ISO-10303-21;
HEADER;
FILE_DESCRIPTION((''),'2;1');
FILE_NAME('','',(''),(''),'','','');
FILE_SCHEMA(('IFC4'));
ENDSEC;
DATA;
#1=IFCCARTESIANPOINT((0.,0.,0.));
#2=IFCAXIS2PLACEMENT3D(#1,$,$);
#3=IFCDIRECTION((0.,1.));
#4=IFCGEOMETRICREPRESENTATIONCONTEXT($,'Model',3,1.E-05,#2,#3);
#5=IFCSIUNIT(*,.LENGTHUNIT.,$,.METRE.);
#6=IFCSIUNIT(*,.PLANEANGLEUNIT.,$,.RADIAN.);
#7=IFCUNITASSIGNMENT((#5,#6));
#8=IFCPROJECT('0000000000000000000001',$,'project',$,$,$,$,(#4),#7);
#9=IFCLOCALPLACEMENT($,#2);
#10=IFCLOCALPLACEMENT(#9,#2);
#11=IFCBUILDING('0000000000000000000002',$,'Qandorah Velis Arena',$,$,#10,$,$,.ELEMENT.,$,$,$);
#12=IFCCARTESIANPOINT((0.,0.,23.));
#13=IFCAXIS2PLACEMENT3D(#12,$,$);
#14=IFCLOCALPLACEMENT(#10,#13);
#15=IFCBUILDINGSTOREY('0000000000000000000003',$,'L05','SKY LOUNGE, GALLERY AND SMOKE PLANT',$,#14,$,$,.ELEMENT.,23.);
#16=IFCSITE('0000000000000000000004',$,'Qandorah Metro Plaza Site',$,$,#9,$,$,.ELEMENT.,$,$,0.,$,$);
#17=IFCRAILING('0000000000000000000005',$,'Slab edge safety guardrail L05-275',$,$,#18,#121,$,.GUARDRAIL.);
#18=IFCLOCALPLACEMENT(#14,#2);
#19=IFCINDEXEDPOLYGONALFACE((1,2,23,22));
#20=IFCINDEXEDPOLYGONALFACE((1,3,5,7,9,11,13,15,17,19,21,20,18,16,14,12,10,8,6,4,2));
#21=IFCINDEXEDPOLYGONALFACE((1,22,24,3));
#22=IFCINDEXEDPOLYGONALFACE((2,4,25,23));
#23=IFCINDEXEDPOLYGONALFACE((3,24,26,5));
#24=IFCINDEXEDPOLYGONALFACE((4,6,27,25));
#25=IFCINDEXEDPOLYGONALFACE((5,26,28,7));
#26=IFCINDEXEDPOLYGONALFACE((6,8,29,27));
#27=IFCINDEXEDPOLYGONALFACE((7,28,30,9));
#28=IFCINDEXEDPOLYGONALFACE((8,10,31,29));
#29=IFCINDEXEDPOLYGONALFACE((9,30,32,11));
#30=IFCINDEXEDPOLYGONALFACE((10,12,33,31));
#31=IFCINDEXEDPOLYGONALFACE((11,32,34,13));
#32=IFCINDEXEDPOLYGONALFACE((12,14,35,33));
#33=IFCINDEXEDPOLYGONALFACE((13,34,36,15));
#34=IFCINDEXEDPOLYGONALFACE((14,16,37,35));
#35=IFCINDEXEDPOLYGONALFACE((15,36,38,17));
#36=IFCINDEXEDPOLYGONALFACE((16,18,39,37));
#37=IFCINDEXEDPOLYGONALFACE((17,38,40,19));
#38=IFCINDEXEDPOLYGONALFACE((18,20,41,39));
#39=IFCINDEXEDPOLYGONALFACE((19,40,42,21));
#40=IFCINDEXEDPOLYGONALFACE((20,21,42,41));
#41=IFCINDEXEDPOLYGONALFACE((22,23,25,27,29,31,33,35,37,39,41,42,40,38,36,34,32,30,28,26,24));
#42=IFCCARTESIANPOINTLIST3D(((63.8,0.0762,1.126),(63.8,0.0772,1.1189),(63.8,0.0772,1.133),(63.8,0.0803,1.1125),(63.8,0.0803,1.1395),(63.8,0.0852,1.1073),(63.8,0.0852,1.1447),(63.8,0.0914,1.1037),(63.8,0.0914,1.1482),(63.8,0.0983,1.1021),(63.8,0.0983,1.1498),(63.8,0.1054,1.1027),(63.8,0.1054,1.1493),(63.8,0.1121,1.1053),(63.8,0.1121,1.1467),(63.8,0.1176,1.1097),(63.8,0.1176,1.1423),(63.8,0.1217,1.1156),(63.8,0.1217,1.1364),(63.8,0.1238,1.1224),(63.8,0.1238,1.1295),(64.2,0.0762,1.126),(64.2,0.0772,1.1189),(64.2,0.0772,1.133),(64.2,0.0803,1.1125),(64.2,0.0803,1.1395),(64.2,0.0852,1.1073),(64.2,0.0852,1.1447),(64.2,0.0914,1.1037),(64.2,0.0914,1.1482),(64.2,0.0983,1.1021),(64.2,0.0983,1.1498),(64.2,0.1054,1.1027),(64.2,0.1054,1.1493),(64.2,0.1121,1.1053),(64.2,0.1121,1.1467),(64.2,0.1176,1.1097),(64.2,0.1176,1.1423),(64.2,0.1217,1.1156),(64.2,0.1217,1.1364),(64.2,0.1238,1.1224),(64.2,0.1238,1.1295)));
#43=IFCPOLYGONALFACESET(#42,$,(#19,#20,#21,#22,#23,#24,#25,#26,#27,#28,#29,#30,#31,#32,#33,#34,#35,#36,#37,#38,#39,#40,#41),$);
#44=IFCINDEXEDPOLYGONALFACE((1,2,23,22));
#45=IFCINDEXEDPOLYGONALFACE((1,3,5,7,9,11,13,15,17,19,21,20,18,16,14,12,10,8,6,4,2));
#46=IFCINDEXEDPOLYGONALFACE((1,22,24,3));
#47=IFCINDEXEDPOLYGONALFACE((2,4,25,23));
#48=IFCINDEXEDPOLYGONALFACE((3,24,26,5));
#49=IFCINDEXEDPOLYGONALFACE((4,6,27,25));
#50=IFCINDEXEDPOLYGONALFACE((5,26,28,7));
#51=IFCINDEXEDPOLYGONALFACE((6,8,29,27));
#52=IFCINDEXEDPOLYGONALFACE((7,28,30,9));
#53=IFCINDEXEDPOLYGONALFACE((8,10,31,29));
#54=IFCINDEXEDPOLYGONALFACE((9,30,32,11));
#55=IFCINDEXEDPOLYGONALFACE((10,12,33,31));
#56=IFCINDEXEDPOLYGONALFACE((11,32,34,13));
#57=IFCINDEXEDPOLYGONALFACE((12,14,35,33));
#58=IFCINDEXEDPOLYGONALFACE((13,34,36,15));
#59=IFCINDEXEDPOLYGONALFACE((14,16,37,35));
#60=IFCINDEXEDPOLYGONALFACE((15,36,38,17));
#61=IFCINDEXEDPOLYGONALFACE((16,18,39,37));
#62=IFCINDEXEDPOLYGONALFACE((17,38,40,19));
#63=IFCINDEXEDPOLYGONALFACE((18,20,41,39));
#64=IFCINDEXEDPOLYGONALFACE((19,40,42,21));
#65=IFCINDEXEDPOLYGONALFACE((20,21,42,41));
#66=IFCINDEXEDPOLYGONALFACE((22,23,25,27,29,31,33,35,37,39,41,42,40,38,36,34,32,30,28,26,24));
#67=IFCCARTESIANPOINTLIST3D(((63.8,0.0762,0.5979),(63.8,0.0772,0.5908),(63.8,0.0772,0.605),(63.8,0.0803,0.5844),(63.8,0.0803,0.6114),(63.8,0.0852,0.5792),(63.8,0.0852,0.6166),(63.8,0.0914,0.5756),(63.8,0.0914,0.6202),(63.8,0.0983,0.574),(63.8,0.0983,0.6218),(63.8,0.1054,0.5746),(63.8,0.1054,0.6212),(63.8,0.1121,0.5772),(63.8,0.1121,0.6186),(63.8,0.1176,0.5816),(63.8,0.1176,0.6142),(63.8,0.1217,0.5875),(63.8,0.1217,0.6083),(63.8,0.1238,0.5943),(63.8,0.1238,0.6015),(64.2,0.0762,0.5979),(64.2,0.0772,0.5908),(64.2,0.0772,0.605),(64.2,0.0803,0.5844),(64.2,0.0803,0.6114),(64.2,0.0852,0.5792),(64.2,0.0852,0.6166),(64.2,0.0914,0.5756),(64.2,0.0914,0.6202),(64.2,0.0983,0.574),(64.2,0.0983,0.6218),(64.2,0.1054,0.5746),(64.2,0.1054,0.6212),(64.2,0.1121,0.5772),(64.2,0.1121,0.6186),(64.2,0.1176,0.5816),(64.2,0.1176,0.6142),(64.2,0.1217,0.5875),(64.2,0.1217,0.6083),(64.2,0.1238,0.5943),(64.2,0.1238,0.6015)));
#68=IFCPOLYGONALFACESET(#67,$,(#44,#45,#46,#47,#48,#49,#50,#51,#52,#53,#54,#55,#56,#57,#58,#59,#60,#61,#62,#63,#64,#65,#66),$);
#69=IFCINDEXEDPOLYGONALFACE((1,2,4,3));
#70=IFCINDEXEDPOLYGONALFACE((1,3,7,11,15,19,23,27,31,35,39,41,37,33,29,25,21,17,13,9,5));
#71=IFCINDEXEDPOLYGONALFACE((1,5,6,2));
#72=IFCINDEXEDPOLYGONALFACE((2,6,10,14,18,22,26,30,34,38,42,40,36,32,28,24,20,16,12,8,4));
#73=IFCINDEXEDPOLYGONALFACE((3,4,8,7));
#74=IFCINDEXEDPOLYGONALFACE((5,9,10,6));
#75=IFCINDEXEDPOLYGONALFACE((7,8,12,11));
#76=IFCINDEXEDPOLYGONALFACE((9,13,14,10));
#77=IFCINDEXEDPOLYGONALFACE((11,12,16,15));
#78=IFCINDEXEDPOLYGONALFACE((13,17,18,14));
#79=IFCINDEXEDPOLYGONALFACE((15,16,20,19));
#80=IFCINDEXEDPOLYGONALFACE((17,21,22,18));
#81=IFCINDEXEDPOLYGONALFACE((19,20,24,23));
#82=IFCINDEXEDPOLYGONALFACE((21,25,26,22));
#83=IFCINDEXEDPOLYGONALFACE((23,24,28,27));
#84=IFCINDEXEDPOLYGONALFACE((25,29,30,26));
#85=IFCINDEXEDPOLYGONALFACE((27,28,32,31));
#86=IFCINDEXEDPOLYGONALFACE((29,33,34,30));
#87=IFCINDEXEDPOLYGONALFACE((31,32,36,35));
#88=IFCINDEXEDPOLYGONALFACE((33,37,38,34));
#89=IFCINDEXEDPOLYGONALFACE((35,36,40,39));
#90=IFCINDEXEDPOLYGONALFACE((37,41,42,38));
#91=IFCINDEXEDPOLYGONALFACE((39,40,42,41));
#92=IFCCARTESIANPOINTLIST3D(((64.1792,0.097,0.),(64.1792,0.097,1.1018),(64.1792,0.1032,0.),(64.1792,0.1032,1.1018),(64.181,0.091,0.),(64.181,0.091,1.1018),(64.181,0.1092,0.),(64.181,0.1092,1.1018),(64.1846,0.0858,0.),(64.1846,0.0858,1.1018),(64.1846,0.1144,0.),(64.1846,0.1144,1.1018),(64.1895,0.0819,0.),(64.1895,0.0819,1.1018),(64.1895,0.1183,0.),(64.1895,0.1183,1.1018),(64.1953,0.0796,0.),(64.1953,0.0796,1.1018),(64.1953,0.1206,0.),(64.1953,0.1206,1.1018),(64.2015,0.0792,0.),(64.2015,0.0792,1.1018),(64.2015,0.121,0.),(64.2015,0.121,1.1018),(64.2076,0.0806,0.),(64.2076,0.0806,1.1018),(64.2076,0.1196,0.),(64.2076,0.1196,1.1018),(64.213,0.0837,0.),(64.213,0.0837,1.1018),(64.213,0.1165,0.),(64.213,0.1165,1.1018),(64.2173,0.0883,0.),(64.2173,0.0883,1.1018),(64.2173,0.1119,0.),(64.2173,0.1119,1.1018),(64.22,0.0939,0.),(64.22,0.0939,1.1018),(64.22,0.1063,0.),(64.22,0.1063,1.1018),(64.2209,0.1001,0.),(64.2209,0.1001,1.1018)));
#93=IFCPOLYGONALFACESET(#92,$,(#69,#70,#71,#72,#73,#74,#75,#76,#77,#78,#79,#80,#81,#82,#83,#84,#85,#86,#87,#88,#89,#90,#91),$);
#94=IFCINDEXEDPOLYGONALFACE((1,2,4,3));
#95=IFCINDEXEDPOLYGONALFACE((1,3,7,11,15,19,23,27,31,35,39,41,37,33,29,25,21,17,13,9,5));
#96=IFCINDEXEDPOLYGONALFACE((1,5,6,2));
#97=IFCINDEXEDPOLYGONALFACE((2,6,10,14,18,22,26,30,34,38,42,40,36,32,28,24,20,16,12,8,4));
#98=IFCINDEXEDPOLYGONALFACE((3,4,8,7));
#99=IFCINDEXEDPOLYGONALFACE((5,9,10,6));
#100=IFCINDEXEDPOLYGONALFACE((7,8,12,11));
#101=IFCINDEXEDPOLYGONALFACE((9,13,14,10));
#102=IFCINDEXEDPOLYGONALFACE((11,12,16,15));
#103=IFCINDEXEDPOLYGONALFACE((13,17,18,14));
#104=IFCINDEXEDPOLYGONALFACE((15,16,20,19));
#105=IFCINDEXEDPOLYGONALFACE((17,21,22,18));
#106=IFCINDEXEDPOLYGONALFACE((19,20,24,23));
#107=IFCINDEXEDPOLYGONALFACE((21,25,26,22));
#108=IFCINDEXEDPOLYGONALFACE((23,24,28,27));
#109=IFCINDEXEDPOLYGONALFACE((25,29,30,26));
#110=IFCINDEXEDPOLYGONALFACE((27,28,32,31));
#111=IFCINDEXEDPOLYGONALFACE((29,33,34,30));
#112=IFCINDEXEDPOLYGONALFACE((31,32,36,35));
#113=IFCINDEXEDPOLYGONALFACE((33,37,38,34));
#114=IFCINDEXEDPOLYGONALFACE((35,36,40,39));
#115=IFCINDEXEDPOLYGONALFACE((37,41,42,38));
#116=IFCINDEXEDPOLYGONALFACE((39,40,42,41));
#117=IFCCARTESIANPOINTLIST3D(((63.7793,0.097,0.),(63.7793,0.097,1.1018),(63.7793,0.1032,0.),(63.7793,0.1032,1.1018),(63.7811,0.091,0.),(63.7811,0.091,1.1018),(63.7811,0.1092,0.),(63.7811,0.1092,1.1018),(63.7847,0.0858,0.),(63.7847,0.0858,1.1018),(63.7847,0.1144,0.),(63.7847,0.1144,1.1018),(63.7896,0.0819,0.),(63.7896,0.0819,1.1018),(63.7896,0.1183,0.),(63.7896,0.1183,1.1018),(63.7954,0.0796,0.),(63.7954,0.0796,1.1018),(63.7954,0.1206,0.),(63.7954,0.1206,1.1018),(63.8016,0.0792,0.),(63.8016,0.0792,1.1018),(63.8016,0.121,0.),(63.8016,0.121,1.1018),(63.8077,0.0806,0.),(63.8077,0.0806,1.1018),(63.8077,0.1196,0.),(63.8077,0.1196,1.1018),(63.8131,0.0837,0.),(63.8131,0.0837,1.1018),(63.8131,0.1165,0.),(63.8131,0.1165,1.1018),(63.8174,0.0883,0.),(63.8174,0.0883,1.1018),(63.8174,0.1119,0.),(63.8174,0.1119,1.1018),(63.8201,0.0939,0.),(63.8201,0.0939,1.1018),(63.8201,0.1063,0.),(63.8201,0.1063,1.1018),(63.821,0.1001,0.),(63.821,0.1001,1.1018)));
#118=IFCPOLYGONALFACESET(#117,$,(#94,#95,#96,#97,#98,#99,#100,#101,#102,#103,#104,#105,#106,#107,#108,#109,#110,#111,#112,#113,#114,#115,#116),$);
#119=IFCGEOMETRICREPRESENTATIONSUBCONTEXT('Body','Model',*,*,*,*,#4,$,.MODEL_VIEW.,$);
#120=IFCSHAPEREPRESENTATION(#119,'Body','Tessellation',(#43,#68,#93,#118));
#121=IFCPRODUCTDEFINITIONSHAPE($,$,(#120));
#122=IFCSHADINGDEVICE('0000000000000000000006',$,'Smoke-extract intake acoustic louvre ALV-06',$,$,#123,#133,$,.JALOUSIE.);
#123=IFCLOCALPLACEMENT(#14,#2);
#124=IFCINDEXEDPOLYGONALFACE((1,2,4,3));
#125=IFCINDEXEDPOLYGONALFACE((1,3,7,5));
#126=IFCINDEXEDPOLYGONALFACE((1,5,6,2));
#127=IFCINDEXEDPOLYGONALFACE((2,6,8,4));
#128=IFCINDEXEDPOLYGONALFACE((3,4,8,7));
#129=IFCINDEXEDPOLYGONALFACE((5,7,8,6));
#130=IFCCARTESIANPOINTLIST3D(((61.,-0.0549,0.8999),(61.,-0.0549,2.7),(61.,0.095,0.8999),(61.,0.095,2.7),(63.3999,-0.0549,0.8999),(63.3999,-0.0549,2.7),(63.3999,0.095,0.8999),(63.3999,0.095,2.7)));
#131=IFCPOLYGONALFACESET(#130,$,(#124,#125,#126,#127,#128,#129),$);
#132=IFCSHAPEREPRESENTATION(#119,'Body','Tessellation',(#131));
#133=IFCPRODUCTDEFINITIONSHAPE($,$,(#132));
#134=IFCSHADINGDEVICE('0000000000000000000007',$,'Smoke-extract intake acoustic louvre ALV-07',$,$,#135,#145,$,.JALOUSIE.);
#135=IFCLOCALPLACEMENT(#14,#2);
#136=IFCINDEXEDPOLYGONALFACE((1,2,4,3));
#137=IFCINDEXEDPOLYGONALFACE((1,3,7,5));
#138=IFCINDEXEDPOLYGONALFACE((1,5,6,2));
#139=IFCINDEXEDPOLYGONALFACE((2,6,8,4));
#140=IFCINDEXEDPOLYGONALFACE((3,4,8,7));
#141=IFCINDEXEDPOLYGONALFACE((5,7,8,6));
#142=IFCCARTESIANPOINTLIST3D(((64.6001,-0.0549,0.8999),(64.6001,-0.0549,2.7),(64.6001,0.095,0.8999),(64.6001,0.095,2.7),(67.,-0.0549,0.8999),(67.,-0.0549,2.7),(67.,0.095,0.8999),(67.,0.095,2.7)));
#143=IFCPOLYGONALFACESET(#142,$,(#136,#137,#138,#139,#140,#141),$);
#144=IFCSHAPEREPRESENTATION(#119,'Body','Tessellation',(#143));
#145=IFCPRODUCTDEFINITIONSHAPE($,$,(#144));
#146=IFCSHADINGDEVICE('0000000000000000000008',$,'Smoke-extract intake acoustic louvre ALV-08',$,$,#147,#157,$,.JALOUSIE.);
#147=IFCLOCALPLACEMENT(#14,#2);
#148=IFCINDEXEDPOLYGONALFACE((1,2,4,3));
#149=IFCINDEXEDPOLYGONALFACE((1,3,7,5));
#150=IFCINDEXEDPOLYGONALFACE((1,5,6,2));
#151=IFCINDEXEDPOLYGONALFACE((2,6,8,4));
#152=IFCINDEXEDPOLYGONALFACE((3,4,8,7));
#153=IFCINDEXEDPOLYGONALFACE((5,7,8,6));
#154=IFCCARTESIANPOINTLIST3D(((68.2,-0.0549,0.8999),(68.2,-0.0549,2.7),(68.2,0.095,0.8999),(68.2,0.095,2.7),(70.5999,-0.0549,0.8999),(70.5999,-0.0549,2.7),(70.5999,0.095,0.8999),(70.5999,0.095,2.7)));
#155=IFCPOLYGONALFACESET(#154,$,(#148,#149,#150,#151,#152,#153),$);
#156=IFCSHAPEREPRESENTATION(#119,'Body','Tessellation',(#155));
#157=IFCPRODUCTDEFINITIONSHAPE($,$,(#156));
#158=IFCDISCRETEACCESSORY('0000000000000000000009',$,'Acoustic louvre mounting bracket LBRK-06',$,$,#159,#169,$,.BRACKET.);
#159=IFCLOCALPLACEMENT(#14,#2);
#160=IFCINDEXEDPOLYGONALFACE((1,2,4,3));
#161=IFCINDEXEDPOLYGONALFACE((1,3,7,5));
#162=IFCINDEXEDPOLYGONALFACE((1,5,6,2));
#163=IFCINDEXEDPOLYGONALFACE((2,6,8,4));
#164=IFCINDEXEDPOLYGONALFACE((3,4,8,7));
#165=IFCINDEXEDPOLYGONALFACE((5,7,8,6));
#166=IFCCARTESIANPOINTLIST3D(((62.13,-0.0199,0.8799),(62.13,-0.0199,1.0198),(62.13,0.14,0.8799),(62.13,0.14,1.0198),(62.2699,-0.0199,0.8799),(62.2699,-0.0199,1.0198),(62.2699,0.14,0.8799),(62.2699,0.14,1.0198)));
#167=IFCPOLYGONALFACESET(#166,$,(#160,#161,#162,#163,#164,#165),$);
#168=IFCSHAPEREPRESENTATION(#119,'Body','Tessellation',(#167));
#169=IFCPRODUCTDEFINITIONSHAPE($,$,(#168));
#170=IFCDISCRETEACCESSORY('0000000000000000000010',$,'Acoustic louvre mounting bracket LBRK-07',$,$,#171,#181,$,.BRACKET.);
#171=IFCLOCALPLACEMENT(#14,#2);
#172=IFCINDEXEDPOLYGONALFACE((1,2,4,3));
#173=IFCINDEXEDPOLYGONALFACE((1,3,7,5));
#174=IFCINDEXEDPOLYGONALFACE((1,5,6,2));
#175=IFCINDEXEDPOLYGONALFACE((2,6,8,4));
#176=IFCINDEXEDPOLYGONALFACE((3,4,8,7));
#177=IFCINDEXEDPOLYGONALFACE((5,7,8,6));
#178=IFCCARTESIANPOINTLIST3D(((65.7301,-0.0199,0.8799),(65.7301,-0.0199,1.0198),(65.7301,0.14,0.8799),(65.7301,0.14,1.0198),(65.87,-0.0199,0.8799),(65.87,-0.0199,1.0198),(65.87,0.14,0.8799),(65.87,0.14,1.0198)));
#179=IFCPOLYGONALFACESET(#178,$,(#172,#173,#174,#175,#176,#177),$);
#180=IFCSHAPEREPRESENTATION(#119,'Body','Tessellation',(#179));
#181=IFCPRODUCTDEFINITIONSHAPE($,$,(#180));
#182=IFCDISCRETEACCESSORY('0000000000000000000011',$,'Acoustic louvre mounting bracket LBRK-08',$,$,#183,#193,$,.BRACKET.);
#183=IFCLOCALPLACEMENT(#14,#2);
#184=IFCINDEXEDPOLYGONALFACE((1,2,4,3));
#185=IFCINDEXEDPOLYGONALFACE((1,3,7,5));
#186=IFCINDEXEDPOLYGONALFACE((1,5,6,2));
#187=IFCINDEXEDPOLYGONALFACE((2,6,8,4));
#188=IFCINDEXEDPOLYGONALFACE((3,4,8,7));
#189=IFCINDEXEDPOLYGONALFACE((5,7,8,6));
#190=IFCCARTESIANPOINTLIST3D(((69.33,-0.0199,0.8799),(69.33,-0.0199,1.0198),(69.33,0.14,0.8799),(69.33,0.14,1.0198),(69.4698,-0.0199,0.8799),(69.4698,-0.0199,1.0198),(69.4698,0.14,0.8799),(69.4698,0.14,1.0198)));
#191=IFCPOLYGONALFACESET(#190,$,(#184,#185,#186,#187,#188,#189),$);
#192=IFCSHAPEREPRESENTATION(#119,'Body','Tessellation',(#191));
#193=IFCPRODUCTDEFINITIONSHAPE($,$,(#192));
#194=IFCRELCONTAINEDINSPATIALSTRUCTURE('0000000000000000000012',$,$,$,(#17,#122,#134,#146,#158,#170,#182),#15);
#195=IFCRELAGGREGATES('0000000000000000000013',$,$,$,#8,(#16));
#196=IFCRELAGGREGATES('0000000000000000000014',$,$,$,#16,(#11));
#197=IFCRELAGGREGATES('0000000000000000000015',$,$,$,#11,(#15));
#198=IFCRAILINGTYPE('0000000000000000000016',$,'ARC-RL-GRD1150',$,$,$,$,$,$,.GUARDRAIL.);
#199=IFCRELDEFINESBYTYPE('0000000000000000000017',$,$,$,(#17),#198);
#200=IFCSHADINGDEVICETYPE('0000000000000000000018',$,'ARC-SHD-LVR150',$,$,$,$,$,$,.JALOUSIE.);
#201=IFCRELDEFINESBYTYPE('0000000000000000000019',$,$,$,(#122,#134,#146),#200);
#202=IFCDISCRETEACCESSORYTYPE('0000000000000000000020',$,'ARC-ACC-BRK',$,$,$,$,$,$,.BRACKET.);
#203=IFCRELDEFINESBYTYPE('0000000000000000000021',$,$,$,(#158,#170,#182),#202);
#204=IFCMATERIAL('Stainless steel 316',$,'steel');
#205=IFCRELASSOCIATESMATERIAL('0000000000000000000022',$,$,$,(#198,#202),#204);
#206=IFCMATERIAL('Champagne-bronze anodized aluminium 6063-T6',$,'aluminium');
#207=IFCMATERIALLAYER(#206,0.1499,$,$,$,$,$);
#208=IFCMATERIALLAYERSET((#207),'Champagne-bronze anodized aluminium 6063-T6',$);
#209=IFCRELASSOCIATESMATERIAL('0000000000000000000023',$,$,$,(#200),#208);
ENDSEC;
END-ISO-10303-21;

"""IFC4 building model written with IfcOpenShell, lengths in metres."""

from ifc_helpers import new_model, si_unit, direction, frame, origin, origin_2d, place, context, subcontext, project, spatial, rectangle, circle, extrude, material, layer, layer_set, type_object, element, save


model = new_model("IFC4")

# Units and contexts
model_context = context("Model", 3, precision=1e-05, world=origin(), true_north=direction((0.0, 1.0)))
body_context = subcontext(model_context, "Body", "Model", "MODEL_VIEW")
ifc_project = project(units=[si_unit("LENGTHUNIT", "METRE"), si_unit("PLANEANGLEUNIT", "RADIAN")], contexts=[model_context])

# Site, building, storey
site_placement = place(None, origin())
site = spatial("IfcSite", under=ifc_project, at=site_placement, Name="Qandorah Metro Plaza Site", CompositionType="ELEMENT", RefElevation=0.0)
building_placement = place(site_placement, origin())
building = spatial("IfcBuilding", under=site, at=building_placement, Name="Qandorah Velis Arena", CompositionType="ELEMENT")
storey_placement = place(building_placement, frame((0.0, 0.0, 23.0)))
storey = spatial("IfcBuildingStorey", under=building, at=storey_placement, Name="L05", Description="SKY LOUNGE, GALLERY AND SMOKE PLANT", CompositionType="ELEMENT", Elevation=23.0)

# Railing
ifc_material_1 = material(Name="Stainless steel 316", Category="steel")
railing_type = type_object("IfcRailingType", Name="ARC-RL-GRD1150", PredefinedType="GUARDRAIL", material=ifc_material_1)
railing_1_placement = place(storey_placement, frame((64.2, 0.1001, 0.0)))
element("IfcRailing", 1, at=railing_1_placement, inside=storey, type_object=railing_type, Name="Slab edge safety guardrail L05-275", PredefinedType="GUARDRAIL", context=body_context, shape_type="SweptSolid", body=[
    extrude(circle(Radius=0.0239, at=origin_2d()), frame((0.0, 0.0, 1.126), z_axis=(-1.0, 0.0, 0.0), x_axis=(0.0, -1.0, 0.0)), (0.0, 0.0, 1.0), 0.3999),
    extrude(circle(Radius=0.0239, at=origin_2d()), frame((0.0, 0.0, 0.5979), z_axis=(-1.0, 0.0, 0.0), x_axis=(0.0, -1.0, 0.0)), (0.0, 0.0, 1.0), 0.3999),
    extrude(circle(Radius=0.021, at=origin_2d()), origin(), (0.0, 0.0, 1.0), 1.1018),
    extrude(circle(Radius=0.021, at=origin_2d()), frame((-0.3999, 0.0, 0.0)), (0.0, 0.0, 1.0), 1.1018),
])

# Shading devices
ifc_material_2 = material(Name="Champagne-bronze anodized aluminium 6063-T6", Category="aluminium")
ifc_layer_1 = layer(ifc_material_2, 0.1499)
ifc_layer_set_1 = layer_set([ifc_layer_1], Name="Champagne-bronze anodized aluminium 6063-T6")
shading_device_type = type_object("IfcShadingDeviceType", Name="ARC-SHD-LVR150", PredefinedType="JALOUSIE", material=ifc_layer_set_1)
for number, where, z_axis, x_axis, name in (
    (2, (62.2, 0.02, 0.8999), (0.0, 0.0, 1.0), (1.0, 0.0, 0.0), "Smoke-extract intake acoustic louvre ALV-06"),
    (3, (65.8, 0.02, 0.8999), (0.0, 0.0, 1.0), (1.0, 0.0, 0.0), "Smoke-extract intake acoustic louvre ALV-07"),
    (4, (69.3999, 0.02, 0.8999), (0.0, 0.0, 1.0), (1.0, 0.0, 0.0), "Smoke-extract intake acoustic louvre ALV-08"),
):
    element("IfcShadingDevice", number, at=place(storey_placement, frame(where, z_axis=z_axis, x_axis=x_axis)), inside=storey, type_object=shading_device_type, Name=name, PredefinedType="JALOUSIE", context=body_context, shape_type="SweptSolid", body=[
        extrude(rectangle(XDim=2.3999, YDim=0.1499, at=origin_2d()), origin(), (0.0, 0.0, 1.0), 1.8),
    ])

# Discrete accessories
discrete_accessory_type = type_object("IfcDiscreteAccessoryType", Name="ARC-ACC-BRK", PredefinedType="BRACKET", material=ifc_material_1)
for number, where, z_axis, x_axis, name in (
    (5, (62.2, 0.0601, 0.8799), (0.0, 0.0, 1.0), (1.0, 0.0, 0.0), "Acoustic louvre mounting bracket LBRK-06"),
    (6, (65.8, 0.0601, 0.8799), (0.0, 0.0, 1.0), (1.0, 0.0, 0.0), "Acoustic louvre mounting bracket LBRK-07"),
    (7, (69.3999, 0.0601, 0.8799), (0.0, 0.0, 1.0), (1.0, 0.0, 0.0), "Acoustic louvre mounting bracket LBRK-08"),
):
    element("IfcDiscreteAccessory", number, at=place(storey_placement, frame(where, z_axis=z_axis, x_axis=x_axis)), inside=storey, type_object=discrete_accessory_type, Name=name, PredefinedType="BRACKET", context=body_context, shape_type="SweptSolid", body=[
        extrude(rectangle(XDim=0.1399, YDim=0.1599, at=origin_2d()), origin(), (0.0, 0.0, 1.0), 0.1399),
    ])

save(model, "model.ifc")
